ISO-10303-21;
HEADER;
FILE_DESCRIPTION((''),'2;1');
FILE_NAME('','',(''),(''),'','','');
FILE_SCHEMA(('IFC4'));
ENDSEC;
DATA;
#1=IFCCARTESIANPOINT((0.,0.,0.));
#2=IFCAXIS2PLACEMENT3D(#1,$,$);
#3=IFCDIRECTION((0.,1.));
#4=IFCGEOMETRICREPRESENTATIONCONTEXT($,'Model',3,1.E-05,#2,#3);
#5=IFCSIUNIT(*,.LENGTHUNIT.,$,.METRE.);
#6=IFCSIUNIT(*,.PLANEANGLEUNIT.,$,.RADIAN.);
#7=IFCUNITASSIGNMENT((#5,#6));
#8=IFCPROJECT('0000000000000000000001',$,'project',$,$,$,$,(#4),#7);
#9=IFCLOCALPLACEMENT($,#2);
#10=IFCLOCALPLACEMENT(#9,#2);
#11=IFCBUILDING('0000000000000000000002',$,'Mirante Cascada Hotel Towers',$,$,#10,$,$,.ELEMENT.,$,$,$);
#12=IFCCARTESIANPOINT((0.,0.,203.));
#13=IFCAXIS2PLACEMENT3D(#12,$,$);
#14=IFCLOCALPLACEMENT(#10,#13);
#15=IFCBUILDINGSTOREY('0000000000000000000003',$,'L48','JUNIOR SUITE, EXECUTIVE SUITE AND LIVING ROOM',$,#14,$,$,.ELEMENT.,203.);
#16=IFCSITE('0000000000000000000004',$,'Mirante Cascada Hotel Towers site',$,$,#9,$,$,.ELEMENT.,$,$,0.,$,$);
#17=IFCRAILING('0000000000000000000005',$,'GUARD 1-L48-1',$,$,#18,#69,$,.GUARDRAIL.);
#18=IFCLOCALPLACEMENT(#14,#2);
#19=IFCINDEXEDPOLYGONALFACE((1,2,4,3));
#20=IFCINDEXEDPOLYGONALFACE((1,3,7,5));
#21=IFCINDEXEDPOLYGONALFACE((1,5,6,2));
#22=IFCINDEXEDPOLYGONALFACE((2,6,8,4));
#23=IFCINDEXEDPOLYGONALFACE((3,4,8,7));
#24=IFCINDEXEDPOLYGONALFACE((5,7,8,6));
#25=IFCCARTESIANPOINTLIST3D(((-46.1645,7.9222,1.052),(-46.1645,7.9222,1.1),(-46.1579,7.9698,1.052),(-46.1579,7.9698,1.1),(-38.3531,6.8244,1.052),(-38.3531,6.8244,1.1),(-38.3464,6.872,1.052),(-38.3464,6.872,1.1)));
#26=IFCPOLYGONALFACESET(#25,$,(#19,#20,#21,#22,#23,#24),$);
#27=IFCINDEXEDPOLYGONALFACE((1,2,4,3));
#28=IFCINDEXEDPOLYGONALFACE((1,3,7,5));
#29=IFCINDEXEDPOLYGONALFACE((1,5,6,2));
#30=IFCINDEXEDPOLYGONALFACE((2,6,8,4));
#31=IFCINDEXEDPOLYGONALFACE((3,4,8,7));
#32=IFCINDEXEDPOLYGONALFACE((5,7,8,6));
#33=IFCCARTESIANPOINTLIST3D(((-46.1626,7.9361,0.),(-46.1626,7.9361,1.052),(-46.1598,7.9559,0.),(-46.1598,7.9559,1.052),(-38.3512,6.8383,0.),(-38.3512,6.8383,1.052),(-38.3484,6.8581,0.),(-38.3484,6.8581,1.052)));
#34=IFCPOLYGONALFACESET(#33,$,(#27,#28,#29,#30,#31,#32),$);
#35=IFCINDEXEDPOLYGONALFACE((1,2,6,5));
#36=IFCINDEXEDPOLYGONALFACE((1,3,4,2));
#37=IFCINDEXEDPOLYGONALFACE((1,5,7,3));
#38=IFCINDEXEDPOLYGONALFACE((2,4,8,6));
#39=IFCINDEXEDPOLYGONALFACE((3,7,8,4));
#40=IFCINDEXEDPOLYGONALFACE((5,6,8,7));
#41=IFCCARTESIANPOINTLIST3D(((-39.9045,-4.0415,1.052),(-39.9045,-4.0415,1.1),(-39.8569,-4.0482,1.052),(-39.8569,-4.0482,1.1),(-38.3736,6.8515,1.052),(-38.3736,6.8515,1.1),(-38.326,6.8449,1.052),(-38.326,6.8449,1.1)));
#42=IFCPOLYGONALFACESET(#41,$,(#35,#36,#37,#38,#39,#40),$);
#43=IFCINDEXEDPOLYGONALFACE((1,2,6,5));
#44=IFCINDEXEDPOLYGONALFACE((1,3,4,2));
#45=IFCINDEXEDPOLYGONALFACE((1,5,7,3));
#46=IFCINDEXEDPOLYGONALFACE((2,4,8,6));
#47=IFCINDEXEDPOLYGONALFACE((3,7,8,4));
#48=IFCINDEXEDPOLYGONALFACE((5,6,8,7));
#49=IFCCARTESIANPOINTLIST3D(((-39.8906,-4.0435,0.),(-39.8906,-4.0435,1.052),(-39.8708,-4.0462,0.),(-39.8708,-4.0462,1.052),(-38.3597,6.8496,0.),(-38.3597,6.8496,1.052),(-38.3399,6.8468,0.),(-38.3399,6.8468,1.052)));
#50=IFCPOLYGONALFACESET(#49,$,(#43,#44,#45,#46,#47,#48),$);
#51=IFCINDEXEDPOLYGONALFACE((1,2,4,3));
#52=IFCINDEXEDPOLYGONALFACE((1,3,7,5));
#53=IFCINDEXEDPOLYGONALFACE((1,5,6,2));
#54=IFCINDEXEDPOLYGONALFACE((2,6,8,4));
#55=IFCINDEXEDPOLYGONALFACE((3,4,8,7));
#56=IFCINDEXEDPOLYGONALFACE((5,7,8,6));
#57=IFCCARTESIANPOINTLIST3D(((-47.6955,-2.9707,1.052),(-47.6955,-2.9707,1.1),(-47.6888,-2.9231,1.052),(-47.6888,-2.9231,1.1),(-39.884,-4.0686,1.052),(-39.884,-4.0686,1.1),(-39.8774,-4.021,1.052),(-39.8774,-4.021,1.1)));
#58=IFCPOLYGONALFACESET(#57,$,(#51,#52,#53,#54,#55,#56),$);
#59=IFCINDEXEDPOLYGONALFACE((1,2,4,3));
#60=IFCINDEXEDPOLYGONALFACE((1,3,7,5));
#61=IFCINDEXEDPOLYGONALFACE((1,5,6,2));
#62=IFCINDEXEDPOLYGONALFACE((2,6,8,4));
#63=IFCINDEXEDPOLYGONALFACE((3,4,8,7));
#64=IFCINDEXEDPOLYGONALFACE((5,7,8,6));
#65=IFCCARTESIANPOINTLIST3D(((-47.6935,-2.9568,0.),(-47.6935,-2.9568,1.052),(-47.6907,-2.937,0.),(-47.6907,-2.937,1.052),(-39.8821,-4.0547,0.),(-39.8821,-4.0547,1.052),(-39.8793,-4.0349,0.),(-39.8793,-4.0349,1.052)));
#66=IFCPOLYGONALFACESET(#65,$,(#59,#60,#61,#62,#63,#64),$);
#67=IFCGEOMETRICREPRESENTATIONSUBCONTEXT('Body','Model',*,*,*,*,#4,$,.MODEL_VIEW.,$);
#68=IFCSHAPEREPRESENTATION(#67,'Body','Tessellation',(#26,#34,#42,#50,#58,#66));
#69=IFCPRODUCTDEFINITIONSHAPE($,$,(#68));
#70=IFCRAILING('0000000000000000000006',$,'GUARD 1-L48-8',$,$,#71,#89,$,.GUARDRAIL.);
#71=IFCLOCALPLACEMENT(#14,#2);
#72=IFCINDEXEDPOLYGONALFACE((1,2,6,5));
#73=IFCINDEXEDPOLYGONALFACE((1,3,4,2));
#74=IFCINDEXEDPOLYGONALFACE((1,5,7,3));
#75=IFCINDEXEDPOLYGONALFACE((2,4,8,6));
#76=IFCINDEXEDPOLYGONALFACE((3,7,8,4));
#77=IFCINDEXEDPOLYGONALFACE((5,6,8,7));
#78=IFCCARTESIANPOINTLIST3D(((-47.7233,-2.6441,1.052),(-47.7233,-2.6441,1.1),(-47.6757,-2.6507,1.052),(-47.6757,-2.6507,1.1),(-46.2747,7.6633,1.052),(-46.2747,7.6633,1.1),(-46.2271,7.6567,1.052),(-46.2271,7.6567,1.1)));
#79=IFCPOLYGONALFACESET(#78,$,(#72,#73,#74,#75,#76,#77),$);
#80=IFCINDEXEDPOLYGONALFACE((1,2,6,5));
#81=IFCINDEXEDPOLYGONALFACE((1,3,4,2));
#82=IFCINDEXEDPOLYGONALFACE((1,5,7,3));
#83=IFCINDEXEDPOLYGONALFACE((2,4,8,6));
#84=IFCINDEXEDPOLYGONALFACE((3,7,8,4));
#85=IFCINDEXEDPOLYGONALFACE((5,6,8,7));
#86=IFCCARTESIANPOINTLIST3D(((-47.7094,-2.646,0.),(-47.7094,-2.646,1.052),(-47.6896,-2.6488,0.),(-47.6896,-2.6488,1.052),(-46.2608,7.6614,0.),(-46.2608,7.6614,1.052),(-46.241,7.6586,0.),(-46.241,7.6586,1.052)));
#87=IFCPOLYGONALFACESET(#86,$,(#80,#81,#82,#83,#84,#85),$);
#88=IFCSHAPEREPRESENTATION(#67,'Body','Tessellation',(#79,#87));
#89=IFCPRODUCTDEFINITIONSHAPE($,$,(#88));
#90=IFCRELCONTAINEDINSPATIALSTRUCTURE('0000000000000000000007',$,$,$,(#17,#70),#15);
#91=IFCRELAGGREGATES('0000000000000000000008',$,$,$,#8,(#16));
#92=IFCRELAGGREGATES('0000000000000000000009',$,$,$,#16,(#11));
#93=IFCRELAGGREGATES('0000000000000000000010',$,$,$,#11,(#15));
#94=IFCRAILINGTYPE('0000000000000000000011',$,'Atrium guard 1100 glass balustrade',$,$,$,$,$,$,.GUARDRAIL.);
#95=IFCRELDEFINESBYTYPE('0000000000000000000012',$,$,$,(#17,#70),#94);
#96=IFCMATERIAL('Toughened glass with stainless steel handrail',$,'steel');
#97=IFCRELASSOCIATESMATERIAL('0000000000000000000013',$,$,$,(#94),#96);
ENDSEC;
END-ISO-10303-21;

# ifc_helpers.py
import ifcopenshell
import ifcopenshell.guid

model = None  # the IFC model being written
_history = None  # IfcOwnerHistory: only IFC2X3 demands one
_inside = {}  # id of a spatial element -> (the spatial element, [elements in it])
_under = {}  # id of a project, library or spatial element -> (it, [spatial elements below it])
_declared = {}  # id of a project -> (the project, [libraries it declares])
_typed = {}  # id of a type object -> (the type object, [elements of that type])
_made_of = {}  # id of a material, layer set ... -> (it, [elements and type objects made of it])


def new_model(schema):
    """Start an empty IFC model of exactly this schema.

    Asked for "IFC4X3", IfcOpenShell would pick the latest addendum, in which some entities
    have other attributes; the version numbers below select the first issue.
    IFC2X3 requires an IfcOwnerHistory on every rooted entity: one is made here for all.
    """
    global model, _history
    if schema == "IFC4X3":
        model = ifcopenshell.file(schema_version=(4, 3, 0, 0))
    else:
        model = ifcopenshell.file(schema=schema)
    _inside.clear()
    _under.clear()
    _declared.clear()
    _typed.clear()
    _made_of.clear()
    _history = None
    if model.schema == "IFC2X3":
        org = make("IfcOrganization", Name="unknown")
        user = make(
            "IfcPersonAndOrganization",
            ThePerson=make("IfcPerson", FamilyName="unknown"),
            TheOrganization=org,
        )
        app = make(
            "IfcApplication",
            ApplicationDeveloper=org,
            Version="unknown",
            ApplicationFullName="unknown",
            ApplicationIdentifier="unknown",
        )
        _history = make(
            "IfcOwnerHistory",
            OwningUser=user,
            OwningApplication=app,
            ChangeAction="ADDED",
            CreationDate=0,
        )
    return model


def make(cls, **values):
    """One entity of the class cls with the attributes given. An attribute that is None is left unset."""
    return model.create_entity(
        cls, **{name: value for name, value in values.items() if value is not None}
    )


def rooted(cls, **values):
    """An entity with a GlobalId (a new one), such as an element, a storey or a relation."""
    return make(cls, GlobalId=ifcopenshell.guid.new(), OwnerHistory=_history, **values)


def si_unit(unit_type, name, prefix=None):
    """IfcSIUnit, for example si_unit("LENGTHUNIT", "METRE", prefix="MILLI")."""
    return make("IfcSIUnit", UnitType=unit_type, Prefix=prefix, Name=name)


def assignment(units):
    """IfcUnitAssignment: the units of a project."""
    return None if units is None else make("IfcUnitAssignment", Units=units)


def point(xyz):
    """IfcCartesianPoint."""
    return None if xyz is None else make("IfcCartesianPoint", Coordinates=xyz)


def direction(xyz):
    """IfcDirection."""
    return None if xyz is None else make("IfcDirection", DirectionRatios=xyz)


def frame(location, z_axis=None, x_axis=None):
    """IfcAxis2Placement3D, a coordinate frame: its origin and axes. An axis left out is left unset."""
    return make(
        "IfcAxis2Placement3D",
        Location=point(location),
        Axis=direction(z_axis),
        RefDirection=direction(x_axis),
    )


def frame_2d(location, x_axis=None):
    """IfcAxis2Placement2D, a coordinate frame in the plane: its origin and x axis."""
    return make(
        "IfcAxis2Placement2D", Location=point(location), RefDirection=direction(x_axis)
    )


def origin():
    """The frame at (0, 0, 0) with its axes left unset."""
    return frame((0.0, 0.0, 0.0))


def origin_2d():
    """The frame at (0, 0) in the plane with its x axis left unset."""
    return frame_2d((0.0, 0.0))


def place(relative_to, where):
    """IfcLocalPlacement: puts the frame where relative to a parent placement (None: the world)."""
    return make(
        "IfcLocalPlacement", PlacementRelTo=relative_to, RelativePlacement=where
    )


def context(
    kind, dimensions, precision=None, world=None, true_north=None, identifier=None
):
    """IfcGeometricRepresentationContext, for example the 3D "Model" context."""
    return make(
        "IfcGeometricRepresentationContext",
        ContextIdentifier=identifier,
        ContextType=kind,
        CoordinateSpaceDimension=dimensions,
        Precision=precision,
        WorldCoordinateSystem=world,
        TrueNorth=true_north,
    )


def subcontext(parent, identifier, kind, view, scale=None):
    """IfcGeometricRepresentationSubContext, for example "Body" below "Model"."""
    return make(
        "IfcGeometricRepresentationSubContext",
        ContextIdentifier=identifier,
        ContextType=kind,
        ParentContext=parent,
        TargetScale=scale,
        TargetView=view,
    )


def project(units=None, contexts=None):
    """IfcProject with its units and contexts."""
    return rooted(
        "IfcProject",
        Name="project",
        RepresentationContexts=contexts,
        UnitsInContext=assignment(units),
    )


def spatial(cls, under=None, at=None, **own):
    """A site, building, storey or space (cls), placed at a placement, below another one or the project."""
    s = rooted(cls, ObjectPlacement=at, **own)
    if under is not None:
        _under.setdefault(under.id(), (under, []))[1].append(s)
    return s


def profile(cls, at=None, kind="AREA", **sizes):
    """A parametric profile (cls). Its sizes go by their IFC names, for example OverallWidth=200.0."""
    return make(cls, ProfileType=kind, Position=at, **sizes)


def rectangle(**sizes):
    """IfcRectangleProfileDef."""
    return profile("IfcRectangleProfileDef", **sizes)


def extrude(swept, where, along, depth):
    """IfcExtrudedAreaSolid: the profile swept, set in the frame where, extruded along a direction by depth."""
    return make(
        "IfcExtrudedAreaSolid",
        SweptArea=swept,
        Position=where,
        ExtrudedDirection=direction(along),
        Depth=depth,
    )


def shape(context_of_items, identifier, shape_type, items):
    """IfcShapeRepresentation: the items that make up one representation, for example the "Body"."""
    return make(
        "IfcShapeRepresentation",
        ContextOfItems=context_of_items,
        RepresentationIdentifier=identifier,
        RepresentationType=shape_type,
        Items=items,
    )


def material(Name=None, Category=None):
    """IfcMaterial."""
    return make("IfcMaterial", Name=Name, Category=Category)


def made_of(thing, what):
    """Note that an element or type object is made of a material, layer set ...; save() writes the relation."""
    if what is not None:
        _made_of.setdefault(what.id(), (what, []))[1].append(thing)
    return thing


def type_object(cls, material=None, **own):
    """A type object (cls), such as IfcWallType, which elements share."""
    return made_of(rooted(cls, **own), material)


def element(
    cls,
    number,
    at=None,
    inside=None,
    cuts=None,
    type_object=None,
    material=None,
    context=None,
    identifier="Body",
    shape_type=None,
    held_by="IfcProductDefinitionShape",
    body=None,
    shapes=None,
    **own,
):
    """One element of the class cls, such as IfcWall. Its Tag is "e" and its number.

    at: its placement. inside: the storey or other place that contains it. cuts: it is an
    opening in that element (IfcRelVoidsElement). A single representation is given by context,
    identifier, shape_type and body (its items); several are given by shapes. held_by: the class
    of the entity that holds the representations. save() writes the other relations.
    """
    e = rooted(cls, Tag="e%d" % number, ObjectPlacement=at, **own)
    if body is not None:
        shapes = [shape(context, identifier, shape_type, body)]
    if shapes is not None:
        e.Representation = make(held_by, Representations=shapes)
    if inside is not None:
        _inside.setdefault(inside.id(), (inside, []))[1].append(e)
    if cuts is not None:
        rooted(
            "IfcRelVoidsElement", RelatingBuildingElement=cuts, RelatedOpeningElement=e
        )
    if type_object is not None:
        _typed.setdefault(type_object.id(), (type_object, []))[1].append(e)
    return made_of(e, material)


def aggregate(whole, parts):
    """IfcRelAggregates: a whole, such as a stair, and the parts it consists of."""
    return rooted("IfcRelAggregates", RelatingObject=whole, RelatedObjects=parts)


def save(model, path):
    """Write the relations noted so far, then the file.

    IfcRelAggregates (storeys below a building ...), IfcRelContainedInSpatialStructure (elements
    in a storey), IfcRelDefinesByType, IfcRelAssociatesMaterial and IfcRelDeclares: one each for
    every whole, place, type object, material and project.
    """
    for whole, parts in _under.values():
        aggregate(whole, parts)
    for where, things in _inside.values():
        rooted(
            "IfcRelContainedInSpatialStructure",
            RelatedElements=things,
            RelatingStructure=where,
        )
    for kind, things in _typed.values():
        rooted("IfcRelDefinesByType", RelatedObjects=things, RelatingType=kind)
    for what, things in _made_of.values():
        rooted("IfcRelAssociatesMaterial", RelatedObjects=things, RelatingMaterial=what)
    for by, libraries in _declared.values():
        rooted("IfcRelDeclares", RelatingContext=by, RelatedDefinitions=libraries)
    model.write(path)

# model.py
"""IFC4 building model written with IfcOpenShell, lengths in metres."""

from ifc_helpers import new_model, si_unit, direction, frame, origin, origin_2d, place, context, subcontext, project, spatial, rectangle, extrude, material, type_object, element, save


model = new_model("IFC4")

# Units and contexts
model_context = context("Model", 3, precision=1e-05, world=origin(), true_north=direction((0.0, 1.0)))
body_context = subcontext(model_context, "Body", "Model", "MODEL_VIEW")
ifc_project = project(units=[si_unit("LENGTHUNIT", "METRE"), si_unit("PLANEANGLEUNIT", "RADIAN")], contexts=[model_context])

# Site, building, storey
site_placement = place(None, origin())
site = spatial("IfcSite", under=ifc_project, at=site_placement, Name="Mirante Cascada Hotel Towers site", CompositionType="ELEMENT", RefElevation=0.0)
building_placement = place(site_placement, origin())
building = spatial("IfcBuilding", under=site, at=building_placement, Name="Mirante Cascada Hotel Towers", CompositionType="ELEMENT")
storey_placement = place(building_placement, frame((0.0, 0.0, 203.0)))
storey = spatial("IfcBuildingStorey", under=building, at=storey_placement, Name="L48", Description="JUNIOR SUITE, EXECUTIVE SUITE AND LIVING ROOM", CompositionType="ELEMENT", Elevation=203.0)

# Railings
ifc_material_1 = material(Name="Toughened glass with stainless steel handrail", Category="steel")
railing_type = type_object("IfcRailingType", Name="Atrium guard 1100 glass balustrade", PredefinedType="GUARDRAIL", material=ifc_material_1)
railing_1_placement = place(storey_placement, frame((-46.1612, 7.946, 0.0)))
element("IfcRailing", 1, at=railing_1_placement, inside=storey, type_object=railing_type, Name="GUARD 1-L48-1", PredefinedType="GUARDRAIL", context=body_context, shape_type="SweptSolid", body=[
    extrude(rectangle(XDim=0.048, YDim=0.048, at=origin_2d()), frame((0.0, 0.0, 1.076), z_axis=(0.990268, -0.139171, 0.0), x_axis=(0.139171, 0.990268, 0.0)), (0.0, 0.0, 1.0), 7.8882),
    extrude(rectangle(XDim=0.02, YDim=1.052, at=origin_2d()), frame((0.0, 0.0, 0.526), z_axis=(0.990268, -0.139171, 0.0), x_axis=(0.139171, 0.990268, 0.0)), (0.0, 0.0, 1.0), 7.8882),
    extrude(rectangle(XDim=0.048, YDim=0.048, at=origin_2d()), frame((7.8114, -1.0978, 1.076), z_axis=(-0.139172, -0.990268, 0.0), x_axis=(0.990268, -0.139172, 0.0)), (0.0, 0.0, 1.0), 11.0001),
    extrude(rectangle(XDim=0.02, YDim=1.052, at=origin_2d()), frame((7.8114, -1.0978, 0.526), z_axis=(-0.139172, -0.990268, 0.0), x_axis=(0.990268, -0.139172, 0.0)), (0.0, 0.0, 1.0), 11.0001),
    extrude(rectangle(XDim=0.048, YDim=0.048, at=origin_2d()), frame((6.2805, -11.9908, 1.076), z_axis=(-0.990267, 0.139183, 0.0), x_axis=(-0.139183, -0.990267, 0.0)), (0.0, 0.0, 1.0), 7.8882),
    extrude(rectangle(XDim=0.02, YDim=1.052, at=origin_2d()), frame((6.2805, -11.9908, 0.526), z_axis=(-0.990267, 0.139183, 0.0), x_axis=(-0.139183, -0.990267, 0.0)), (0.0, 0.0, 1.0), 7.8882),
])
railing_2_placement = place(storey_placement, frame((-46.2509, 7.66, 0.0)))
element("IfcRailing", 2, at=railing_2_placement, inside=storey, type_object=railing_type, Name="GUARD 1-L48-8", PredefinedType="GUARDRAIL", context=body_context, shape_type="SweptSolid", body=[
    extrude(rectangle(XDim=0.048, YDim=0.048, at=origin_2d()), frame((0.0, 0.0, 1.076), z_axis=(-0.139172, -0.990268, 0.0), x_axis=(0.990268, -0.139172, 0.0)), (0.0, 0.0, 1.0), 10.4087),
    extrude(rectangle(XDim=0.02, YDim=1.052, at=origin_2d()), frame((0.0, 0.0, 0.526), z_axis=(-0.139172, -0.990268, 0.0), x_axis=(0.990268, -0.139172, 0.0)), (0.0, 0.0, 1.0), 10.4087),
])

save(model, "model.ifc")
